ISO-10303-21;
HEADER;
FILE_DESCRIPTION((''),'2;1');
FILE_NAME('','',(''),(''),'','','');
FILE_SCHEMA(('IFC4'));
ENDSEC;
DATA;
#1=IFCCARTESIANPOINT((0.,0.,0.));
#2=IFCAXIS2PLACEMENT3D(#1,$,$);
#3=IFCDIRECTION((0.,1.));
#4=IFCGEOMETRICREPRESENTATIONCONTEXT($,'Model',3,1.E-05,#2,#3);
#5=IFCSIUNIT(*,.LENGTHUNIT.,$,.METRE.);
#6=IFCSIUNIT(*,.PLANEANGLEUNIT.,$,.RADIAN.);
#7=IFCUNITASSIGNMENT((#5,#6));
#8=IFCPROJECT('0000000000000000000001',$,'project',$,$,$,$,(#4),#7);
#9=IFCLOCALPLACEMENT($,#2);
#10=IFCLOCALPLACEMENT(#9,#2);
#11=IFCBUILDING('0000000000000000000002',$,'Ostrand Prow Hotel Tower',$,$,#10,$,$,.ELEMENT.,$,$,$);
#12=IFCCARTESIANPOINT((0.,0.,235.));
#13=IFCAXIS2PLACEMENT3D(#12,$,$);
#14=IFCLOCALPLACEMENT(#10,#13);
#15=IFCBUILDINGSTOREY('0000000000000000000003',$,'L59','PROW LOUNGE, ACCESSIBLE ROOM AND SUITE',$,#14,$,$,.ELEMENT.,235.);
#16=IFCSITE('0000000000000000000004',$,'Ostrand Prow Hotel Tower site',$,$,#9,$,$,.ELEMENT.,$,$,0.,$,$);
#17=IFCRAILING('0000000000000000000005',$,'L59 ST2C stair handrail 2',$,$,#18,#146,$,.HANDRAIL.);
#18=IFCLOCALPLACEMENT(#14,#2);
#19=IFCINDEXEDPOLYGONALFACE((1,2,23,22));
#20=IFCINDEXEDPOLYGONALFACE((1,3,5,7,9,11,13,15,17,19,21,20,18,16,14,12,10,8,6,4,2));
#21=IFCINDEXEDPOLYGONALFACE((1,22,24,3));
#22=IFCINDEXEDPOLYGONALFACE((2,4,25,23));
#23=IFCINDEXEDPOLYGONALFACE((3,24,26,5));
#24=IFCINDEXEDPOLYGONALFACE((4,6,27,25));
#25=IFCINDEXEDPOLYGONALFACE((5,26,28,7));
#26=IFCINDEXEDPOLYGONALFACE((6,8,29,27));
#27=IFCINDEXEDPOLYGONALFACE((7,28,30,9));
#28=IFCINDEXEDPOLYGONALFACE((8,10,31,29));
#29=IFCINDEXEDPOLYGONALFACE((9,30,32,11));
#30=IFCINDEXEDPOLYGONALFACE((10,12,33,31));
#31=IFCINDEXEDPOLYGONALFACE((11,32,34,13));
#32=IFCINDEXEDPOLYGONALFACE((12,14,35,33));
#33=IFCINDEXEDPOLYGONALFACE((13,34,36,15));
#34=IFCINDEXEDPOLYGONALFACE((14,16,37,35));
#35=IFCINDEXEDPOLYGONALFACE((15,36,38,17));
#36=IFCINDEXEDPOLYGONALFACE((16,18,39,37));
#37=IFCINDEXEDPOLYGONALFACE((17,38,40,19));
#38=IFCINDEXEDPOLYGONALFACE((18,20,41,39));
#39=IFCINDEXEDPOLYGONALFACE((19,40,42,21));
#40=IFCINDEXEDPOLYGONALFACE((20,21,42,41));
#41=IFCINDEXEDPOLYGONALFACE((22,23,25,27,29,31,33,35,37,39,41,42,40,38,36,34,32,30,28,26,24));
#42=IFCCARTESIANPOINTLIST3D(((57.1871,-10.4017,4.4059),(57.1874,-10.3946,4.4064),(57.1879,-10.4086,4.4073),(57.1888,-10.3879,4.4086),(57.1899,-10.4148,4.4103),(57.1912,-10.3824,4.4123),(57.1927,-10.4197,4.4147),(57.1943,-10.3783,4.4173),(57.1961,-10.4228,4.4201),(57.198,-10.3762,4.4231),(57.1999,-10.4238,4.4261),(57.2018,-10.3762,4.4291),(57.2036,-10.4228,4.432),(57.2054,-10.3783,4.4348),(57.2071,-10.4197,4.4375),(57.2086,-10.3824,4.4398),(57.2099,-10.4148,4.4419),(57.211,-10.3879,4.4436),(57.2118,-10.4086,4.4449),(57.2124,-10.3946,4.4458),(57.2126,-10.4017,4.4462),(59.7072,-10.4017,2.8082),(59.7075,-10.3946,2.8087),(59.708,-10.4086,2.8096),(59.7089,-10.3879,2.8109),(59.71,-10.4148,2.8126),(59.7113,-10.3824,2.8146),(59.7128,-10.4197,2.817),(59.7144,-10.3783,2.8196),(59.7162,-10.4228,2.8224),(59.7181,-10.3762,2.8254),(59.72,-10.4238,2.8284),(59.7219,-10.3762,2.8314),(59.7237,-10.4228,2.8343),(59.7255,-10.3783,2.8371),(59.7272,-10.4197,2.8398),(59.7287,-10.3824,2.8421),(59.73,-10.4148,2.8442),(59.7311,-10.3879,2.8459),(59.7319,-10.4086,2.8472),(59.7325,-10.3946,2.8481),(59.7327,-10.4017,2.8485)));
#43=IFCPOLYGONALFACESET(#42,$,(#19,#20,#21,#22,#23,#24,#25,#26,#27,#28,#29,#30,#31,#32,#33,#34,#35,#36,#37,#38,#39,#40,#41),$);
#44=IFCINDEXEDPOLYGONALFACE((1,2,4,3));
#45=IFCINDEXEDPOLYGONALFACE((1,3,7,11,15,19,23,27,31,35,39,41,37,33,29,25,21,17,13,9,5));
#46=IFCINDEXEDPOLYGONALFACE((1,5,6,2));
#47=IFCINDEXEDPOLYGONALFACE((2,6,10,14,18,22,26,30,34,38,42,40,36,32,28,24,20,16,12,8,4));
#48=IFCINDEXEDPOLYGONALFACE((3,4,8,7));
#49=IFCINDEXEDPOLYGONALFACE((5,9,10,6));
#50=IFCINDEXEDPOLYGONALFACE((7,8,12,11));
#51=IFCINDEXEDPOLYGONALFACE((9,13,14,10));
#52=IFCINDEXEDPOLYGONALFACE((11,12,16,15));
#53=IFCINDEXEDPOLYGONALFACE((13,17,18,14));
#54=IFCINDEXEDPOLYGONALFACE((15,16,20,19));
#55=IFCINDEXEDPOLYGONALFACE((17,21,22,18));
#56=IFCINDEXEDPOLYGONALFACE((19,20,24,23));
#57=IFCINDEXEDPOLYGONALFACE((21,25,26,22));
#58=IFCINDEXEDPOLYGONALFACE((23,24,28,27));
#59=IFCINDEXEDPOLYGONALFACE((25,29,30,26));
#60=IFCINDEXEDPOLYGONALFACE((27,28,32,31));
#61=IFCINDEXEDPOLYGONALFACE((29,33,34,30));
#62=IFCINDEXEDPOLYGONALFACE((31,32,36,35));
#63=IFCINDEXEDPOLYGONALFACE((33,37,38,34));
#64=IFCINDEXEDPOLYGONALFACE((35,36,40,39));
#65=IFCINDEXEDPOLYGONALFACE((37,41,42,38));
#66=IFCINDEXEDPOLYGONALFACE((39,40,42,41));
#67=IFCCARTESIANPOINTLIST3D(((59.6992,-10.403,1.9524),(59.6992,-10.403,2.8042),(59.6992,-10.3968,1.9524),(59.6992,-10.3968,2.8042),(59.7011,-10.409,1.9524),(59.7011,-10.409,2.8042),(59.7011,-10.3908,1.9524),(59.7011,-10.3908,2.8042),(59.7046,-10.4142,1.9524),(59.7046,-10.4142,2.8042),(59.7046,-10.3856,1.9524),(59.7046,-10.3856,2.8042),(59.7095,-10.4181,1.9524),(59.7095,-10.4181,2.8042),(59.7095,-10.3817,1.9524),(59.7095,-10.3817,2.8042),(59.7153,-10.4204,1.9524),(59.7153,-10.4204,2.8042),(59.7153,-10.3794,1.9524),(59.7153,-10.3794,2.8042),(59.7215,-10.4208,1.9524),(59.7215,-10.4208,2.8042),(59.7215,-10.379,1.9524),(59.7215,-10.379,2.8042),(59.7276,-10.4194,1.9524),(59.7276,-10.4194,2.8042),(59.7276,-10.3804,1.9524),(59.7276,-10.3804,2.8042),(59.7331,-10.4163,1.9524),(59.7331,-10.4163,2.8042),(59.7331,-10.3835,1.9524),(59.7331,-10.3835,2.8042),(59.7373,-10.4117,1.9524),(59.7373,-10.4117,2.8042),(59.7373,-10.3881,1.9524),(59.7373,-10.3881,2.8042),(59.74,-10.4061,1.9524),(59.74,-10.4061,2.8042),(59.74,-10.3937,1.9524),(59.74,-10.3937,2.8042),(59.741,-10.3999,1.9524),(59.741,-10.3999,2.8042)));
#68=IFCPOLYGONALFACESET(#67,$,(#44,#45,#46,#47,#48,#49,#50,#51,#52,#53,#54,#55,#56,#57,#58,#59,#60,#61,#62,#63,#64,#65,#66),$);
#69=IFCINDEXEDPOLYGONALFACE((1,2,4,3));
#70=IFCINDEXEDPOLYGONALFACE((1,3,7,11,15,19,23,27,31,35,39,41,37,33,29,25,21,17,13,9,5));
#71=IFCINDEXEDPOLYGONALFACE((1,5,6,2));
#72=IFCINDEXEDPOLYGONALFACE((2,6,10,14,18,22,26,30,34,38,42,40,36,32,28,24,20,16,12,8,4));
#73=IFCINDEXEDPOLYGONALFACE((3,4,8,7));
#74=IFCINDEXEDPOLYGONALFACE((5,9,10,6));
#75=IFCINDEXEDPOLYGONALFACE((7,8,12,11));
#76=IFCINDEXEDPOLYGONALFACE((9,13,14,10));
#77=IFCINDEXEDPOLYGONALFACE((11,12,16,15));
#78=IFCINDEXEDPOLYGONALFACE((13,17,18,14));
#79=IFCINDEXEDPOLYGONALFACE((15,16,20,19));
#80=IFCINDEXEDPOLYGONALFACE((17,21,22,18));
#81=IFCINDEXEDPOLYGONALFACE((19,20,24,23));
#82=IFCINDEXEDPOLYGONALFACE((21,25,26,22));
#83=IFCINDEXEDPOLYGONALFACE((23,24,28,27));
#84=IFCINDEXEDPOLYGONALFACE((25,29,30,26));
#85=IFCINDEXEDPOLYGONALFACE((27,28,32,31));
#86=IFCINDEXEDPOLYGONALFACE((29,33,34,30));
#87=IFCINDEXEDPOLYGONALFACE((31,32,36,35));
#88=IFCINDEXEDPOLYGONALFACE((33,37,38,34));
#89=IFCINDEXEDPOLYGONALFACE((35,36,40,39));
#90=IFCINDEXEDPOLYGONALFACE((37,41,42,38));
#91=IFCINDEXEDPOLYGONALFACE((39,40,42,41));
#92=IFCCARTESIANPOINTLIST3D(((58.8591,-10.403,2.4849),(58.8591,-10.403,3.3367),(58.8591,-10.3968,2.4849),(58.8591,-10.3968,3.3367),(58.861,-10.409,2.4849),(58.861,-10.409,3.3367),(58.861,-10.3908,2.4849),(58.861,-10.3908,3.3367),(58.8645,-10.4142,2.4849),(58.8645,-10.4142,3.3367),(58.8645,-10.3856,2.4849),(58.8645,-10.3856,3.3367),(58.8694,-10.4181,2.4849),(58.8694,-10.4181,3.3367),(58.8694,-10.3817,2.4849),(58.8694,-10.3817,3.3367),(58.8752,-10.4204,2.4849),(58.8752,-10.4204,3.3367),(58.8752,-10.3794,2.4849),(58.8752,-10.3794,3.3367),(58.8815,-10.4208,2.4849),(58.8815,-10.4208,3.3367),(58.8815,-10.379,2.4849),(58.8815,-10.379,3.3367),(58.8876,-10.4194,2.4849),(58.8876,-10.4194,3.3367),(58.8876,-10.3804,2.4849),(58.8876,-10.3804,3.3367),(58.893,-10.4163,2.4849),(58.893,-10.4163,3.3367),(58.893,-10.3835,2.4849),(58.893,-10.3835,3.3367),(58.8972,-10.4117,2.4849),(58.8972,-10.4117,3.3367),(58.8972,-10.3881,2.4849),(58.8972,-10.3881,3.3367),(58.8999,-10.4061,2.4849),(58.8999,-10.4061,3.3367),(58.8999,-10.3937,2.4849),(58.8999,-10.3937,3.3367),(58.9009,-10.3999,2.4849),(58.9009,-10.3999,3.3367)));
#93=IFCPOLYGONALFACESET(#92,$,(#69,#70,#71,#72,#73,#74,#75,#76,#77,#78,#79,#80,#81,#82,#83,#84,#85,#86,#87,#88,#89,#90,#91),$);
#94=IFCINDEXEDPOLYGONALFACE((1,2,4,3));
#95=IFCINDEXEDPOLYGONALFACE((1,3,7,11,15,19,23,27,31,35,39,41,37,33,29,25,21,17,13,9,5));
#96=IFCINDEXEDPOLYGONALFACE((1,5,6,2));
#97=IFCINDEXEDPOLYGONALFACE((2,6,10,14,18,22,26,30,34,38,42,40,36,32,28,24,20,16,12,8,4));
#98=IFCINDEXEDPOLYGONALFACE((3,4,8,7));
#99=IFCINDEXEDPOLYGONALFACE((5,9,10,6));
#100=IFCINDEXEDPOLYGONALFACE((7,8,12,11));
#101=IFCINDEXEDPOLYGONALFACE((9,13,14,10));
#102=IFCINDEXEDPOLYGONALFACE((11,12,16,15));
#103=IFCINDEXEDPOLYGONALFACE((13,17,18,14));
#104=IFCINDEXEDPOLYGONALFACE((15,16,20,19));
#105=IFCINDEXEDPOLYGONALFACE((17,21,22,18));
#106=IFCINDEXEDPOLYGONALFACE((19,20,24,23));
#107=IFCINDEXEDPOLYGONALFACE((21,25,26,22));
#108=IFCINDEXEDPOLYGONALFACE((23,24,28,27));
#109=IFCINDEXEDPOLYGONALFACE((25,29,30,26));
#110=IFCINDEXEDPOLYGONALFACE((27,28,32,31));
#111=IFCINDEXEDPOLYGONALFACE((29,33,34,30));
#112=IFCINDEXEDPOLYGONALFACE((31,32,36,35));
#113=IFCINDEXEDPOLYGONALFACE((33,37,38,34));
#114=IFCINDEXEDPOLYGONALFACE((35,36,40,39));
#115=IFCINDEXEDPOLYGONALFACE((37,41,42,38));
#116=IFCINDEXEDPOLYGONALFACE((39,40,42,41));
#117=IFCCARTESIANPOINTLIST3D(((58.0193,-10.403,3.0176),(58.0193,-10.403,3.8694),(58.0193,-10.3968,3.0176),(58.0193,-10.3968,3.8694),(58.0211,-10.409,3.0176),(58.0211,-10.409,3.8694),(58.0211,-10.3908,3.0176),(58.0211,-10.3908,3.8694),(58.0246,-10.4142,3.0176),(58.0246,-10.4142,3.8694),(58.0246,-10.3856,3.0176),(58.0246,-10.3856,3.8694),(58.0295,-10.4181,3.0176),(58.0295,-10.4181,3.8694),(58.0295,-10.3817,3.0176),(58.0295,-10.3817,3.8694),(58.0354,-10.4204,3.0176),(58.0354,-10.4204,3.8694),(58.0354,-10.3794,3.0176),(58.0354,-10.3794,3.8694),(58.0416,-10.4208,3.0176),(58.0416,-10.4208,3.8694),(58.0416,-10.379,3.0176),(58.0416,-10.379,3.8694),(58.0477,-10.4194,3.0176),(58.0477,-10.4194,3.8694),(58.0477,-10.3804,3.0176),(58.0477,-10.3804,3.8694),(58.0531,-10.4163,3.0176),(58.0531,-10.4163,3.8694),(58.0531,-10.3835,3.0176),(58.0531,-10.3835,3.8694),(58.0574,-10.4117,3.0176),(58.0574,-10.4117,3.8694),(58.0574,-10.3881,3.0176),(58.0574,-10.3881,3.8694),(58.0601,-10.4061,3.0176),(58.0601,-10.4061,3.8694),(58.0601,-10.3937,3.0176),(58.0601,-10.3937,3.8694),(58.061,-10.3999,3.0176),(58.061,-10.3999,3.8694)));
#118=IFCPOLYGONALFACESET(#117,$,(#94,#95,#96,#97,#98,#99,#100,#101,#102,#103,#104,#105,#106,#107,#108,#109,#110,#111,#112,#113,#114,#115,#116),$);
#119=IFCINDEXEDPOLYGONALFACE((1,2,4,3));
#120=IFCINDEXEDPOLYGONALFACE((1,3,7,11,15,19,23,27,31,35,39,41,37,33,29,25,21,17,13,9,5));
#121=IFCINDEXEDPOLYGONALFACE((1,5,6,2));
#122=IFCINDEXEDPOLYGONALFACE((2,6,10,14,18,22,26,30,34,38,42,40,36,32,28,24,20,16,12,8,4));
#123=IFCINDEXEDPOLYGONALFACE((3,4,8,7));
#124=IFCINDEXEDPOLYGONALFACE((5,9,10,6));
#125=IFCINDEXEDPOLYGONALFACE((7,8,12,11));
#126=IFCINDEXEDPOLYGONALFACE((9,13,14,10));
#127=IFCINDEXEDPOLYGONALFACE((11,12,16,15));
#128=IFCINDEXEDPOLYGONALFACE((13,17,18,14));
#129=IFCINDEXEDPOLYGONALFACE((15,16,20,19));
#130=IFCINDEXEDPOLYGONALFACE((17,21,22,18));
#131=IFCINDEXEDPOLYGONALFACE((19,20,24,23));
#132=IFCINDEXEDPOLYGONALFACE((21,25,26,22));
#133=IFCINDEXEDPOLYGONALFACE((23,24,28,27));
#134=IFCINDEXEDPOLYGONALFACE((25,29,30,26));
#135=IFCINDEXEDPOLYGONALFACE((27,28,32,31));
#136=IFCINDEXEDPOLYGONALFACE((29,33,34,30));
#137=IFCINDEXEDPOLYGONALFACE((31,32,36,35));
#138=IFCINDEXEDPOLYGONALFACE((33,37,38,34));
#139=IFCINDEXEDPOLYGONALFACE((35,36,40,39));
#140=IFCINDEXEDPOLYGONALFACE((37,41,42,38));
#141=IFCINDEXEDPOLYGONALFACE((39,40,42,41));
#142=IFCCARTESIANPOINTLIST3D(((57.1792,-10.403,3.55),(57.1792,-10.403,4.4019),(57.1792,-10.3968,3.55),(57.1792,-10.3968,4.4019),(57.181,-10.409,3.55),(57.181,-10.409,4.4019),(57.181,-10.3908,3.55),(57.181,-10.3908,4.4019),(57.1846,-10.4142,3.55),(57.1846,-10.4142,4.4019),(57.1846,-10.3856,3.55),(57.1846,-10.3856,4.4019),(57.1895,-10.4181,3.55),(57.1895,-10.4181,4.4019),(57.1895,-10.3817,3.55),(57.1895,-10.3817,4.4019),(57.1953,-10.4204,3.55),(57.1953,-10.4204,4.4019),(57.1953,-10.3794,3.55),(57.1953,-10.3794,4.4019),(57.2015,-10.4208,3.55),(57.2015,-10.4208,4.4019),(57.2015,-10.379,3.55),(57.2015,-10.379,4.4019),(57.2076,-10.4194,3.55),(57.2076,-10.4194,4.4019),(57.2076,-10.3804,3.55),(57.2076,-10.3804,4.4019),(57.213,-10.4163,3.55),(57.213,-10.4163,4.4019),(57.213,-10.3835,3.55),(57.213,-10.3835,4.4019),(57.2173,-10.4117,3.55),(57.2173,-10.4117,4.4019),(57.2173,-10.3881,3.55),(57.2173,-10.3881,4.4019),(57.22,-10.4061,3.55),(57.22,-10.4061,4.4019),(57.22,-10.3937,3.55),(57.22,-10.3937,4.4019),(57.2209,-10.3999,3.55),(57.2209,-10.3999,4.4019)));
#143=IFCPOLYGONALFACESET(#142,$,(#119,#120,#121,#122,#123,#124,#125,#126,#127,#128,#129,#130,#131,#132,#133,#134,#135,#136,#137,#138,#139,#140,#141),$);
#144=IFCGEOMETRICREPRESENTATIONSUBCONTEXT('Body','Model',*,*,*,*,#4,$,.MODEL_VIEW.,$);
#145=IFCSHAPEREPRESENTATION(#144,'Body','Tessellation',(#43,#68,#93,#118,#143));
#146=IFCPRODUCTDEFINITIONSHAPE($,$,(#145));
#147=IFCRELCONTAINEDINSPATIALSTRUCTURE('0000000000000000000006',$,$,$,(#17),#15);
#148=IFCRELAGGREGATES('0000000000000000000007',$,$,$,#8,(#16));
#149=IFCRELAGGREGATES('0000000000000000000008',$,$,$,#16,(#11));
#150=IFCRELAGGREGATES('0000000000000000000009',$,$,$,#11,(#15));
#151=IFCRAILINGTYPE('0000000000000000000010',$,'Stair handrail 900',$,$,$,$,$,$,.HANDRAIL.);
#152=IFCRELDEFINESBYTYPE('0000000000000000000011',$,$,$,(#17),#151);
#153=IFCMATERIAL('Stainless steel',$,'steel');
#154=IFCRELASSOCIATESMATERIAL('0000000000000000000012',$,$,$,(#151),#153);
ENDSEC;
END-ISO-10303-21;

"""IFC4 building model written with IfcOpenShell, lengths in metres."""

from ifc_helpers import new_model, si_unit, direction, frame, origin, origin_2d, place, context, subcontext, project, spatial, circle, extrude, material, type_object, element, save


model = new_model("IFC4")

# Units and contexts
model_context = context("Model", 3, precision=1e-05, world=origin(), true_north=direction((0.0, 1.0)))
body_context = subcontext(model_context, "Body", "Model", "MODEL_VIEW")
ifc_project = project(units=[si_unit("LENGTHUNIT", "METRE"), si_unit("PLANEANGLEUNIT", "RADIAN")], contexts=[model_context])

# Site, building, storey
site_placement = place(None, origin())
site = spatial("IfcSite", under=ifc_project, at=site_placement, Name="Ostrand Prow Hotel Tower site", CompositionType="ELEMENT", RefElevation=0.0)
building_placement = place(site_placement, origin())
building = spatial("IfcBuilding", under=site, at=building_placement, Name="Ostrand Prow Hotel Tower", CompositionType="ELEMENT")
storey_placement = place(building_placement, frame((0.0, 0.0, 235.0)))
storey = spatial("IfcBuildingStorey", under=building, at=storey_placement, Name="L59", Description="PROW LOUNGE, ACCESSIBLE ROOM AND SUITE", CompositionType="ELEMENT", Elevation=235.0)

# Railing
ifc_material_1 = material(Name="Stainless steel", Category="steel")
railing_type_1 = type_object("IfcRailingType", Name="Stair handrail 900", PredefinedType="HANDRAIL", material=ifc_material_1)
railing_1_placement = place(storey_placement, frame((59.72, -10.3999, 1.9524)))
element("IfcRailing", 1, at=railing_1_placement, inside=storey, type_object=railing_type_1, Name="L59 ST2C stair handrail 2", PredefinedType="HANDRAIL", context=body_context, shape_type="SweptSolid", body=[
    extrude(circle(Radius=0.0239, at=origin_2d()), frame((0.0, 0.0, 0.876), z_axis=(-0.84457, 0.0, 0.535445), x_axis=(0.0, -1.0, 0.0)), (0.0, 0.0, 1.0), 2.9839),
    extrude(circle(Radius=0.021, at=origin_2d()), origin(), (0.0, 0.0, 1.0), 0.8518),
    extrude(circle(Radius=0.021, at=origin_2d()), frame((-0.8401, 0.0, 0.5325)), (0.0, 0.0, 1.0), 0.8518),
    extrude(circle(Radius=0.021, at=origin_2d()), frame((-1.6799, 0.0, 1.0652)), (0.0, 0.0, 1.0), 0.8518),
    extrude(circle(Radius=0.021, at=origin_2d()), frame((-2.52, 0.0, 1.5977)), (0.0, 0.0, 1.0), 0.8518),
])

save(model, "model.ifc")
